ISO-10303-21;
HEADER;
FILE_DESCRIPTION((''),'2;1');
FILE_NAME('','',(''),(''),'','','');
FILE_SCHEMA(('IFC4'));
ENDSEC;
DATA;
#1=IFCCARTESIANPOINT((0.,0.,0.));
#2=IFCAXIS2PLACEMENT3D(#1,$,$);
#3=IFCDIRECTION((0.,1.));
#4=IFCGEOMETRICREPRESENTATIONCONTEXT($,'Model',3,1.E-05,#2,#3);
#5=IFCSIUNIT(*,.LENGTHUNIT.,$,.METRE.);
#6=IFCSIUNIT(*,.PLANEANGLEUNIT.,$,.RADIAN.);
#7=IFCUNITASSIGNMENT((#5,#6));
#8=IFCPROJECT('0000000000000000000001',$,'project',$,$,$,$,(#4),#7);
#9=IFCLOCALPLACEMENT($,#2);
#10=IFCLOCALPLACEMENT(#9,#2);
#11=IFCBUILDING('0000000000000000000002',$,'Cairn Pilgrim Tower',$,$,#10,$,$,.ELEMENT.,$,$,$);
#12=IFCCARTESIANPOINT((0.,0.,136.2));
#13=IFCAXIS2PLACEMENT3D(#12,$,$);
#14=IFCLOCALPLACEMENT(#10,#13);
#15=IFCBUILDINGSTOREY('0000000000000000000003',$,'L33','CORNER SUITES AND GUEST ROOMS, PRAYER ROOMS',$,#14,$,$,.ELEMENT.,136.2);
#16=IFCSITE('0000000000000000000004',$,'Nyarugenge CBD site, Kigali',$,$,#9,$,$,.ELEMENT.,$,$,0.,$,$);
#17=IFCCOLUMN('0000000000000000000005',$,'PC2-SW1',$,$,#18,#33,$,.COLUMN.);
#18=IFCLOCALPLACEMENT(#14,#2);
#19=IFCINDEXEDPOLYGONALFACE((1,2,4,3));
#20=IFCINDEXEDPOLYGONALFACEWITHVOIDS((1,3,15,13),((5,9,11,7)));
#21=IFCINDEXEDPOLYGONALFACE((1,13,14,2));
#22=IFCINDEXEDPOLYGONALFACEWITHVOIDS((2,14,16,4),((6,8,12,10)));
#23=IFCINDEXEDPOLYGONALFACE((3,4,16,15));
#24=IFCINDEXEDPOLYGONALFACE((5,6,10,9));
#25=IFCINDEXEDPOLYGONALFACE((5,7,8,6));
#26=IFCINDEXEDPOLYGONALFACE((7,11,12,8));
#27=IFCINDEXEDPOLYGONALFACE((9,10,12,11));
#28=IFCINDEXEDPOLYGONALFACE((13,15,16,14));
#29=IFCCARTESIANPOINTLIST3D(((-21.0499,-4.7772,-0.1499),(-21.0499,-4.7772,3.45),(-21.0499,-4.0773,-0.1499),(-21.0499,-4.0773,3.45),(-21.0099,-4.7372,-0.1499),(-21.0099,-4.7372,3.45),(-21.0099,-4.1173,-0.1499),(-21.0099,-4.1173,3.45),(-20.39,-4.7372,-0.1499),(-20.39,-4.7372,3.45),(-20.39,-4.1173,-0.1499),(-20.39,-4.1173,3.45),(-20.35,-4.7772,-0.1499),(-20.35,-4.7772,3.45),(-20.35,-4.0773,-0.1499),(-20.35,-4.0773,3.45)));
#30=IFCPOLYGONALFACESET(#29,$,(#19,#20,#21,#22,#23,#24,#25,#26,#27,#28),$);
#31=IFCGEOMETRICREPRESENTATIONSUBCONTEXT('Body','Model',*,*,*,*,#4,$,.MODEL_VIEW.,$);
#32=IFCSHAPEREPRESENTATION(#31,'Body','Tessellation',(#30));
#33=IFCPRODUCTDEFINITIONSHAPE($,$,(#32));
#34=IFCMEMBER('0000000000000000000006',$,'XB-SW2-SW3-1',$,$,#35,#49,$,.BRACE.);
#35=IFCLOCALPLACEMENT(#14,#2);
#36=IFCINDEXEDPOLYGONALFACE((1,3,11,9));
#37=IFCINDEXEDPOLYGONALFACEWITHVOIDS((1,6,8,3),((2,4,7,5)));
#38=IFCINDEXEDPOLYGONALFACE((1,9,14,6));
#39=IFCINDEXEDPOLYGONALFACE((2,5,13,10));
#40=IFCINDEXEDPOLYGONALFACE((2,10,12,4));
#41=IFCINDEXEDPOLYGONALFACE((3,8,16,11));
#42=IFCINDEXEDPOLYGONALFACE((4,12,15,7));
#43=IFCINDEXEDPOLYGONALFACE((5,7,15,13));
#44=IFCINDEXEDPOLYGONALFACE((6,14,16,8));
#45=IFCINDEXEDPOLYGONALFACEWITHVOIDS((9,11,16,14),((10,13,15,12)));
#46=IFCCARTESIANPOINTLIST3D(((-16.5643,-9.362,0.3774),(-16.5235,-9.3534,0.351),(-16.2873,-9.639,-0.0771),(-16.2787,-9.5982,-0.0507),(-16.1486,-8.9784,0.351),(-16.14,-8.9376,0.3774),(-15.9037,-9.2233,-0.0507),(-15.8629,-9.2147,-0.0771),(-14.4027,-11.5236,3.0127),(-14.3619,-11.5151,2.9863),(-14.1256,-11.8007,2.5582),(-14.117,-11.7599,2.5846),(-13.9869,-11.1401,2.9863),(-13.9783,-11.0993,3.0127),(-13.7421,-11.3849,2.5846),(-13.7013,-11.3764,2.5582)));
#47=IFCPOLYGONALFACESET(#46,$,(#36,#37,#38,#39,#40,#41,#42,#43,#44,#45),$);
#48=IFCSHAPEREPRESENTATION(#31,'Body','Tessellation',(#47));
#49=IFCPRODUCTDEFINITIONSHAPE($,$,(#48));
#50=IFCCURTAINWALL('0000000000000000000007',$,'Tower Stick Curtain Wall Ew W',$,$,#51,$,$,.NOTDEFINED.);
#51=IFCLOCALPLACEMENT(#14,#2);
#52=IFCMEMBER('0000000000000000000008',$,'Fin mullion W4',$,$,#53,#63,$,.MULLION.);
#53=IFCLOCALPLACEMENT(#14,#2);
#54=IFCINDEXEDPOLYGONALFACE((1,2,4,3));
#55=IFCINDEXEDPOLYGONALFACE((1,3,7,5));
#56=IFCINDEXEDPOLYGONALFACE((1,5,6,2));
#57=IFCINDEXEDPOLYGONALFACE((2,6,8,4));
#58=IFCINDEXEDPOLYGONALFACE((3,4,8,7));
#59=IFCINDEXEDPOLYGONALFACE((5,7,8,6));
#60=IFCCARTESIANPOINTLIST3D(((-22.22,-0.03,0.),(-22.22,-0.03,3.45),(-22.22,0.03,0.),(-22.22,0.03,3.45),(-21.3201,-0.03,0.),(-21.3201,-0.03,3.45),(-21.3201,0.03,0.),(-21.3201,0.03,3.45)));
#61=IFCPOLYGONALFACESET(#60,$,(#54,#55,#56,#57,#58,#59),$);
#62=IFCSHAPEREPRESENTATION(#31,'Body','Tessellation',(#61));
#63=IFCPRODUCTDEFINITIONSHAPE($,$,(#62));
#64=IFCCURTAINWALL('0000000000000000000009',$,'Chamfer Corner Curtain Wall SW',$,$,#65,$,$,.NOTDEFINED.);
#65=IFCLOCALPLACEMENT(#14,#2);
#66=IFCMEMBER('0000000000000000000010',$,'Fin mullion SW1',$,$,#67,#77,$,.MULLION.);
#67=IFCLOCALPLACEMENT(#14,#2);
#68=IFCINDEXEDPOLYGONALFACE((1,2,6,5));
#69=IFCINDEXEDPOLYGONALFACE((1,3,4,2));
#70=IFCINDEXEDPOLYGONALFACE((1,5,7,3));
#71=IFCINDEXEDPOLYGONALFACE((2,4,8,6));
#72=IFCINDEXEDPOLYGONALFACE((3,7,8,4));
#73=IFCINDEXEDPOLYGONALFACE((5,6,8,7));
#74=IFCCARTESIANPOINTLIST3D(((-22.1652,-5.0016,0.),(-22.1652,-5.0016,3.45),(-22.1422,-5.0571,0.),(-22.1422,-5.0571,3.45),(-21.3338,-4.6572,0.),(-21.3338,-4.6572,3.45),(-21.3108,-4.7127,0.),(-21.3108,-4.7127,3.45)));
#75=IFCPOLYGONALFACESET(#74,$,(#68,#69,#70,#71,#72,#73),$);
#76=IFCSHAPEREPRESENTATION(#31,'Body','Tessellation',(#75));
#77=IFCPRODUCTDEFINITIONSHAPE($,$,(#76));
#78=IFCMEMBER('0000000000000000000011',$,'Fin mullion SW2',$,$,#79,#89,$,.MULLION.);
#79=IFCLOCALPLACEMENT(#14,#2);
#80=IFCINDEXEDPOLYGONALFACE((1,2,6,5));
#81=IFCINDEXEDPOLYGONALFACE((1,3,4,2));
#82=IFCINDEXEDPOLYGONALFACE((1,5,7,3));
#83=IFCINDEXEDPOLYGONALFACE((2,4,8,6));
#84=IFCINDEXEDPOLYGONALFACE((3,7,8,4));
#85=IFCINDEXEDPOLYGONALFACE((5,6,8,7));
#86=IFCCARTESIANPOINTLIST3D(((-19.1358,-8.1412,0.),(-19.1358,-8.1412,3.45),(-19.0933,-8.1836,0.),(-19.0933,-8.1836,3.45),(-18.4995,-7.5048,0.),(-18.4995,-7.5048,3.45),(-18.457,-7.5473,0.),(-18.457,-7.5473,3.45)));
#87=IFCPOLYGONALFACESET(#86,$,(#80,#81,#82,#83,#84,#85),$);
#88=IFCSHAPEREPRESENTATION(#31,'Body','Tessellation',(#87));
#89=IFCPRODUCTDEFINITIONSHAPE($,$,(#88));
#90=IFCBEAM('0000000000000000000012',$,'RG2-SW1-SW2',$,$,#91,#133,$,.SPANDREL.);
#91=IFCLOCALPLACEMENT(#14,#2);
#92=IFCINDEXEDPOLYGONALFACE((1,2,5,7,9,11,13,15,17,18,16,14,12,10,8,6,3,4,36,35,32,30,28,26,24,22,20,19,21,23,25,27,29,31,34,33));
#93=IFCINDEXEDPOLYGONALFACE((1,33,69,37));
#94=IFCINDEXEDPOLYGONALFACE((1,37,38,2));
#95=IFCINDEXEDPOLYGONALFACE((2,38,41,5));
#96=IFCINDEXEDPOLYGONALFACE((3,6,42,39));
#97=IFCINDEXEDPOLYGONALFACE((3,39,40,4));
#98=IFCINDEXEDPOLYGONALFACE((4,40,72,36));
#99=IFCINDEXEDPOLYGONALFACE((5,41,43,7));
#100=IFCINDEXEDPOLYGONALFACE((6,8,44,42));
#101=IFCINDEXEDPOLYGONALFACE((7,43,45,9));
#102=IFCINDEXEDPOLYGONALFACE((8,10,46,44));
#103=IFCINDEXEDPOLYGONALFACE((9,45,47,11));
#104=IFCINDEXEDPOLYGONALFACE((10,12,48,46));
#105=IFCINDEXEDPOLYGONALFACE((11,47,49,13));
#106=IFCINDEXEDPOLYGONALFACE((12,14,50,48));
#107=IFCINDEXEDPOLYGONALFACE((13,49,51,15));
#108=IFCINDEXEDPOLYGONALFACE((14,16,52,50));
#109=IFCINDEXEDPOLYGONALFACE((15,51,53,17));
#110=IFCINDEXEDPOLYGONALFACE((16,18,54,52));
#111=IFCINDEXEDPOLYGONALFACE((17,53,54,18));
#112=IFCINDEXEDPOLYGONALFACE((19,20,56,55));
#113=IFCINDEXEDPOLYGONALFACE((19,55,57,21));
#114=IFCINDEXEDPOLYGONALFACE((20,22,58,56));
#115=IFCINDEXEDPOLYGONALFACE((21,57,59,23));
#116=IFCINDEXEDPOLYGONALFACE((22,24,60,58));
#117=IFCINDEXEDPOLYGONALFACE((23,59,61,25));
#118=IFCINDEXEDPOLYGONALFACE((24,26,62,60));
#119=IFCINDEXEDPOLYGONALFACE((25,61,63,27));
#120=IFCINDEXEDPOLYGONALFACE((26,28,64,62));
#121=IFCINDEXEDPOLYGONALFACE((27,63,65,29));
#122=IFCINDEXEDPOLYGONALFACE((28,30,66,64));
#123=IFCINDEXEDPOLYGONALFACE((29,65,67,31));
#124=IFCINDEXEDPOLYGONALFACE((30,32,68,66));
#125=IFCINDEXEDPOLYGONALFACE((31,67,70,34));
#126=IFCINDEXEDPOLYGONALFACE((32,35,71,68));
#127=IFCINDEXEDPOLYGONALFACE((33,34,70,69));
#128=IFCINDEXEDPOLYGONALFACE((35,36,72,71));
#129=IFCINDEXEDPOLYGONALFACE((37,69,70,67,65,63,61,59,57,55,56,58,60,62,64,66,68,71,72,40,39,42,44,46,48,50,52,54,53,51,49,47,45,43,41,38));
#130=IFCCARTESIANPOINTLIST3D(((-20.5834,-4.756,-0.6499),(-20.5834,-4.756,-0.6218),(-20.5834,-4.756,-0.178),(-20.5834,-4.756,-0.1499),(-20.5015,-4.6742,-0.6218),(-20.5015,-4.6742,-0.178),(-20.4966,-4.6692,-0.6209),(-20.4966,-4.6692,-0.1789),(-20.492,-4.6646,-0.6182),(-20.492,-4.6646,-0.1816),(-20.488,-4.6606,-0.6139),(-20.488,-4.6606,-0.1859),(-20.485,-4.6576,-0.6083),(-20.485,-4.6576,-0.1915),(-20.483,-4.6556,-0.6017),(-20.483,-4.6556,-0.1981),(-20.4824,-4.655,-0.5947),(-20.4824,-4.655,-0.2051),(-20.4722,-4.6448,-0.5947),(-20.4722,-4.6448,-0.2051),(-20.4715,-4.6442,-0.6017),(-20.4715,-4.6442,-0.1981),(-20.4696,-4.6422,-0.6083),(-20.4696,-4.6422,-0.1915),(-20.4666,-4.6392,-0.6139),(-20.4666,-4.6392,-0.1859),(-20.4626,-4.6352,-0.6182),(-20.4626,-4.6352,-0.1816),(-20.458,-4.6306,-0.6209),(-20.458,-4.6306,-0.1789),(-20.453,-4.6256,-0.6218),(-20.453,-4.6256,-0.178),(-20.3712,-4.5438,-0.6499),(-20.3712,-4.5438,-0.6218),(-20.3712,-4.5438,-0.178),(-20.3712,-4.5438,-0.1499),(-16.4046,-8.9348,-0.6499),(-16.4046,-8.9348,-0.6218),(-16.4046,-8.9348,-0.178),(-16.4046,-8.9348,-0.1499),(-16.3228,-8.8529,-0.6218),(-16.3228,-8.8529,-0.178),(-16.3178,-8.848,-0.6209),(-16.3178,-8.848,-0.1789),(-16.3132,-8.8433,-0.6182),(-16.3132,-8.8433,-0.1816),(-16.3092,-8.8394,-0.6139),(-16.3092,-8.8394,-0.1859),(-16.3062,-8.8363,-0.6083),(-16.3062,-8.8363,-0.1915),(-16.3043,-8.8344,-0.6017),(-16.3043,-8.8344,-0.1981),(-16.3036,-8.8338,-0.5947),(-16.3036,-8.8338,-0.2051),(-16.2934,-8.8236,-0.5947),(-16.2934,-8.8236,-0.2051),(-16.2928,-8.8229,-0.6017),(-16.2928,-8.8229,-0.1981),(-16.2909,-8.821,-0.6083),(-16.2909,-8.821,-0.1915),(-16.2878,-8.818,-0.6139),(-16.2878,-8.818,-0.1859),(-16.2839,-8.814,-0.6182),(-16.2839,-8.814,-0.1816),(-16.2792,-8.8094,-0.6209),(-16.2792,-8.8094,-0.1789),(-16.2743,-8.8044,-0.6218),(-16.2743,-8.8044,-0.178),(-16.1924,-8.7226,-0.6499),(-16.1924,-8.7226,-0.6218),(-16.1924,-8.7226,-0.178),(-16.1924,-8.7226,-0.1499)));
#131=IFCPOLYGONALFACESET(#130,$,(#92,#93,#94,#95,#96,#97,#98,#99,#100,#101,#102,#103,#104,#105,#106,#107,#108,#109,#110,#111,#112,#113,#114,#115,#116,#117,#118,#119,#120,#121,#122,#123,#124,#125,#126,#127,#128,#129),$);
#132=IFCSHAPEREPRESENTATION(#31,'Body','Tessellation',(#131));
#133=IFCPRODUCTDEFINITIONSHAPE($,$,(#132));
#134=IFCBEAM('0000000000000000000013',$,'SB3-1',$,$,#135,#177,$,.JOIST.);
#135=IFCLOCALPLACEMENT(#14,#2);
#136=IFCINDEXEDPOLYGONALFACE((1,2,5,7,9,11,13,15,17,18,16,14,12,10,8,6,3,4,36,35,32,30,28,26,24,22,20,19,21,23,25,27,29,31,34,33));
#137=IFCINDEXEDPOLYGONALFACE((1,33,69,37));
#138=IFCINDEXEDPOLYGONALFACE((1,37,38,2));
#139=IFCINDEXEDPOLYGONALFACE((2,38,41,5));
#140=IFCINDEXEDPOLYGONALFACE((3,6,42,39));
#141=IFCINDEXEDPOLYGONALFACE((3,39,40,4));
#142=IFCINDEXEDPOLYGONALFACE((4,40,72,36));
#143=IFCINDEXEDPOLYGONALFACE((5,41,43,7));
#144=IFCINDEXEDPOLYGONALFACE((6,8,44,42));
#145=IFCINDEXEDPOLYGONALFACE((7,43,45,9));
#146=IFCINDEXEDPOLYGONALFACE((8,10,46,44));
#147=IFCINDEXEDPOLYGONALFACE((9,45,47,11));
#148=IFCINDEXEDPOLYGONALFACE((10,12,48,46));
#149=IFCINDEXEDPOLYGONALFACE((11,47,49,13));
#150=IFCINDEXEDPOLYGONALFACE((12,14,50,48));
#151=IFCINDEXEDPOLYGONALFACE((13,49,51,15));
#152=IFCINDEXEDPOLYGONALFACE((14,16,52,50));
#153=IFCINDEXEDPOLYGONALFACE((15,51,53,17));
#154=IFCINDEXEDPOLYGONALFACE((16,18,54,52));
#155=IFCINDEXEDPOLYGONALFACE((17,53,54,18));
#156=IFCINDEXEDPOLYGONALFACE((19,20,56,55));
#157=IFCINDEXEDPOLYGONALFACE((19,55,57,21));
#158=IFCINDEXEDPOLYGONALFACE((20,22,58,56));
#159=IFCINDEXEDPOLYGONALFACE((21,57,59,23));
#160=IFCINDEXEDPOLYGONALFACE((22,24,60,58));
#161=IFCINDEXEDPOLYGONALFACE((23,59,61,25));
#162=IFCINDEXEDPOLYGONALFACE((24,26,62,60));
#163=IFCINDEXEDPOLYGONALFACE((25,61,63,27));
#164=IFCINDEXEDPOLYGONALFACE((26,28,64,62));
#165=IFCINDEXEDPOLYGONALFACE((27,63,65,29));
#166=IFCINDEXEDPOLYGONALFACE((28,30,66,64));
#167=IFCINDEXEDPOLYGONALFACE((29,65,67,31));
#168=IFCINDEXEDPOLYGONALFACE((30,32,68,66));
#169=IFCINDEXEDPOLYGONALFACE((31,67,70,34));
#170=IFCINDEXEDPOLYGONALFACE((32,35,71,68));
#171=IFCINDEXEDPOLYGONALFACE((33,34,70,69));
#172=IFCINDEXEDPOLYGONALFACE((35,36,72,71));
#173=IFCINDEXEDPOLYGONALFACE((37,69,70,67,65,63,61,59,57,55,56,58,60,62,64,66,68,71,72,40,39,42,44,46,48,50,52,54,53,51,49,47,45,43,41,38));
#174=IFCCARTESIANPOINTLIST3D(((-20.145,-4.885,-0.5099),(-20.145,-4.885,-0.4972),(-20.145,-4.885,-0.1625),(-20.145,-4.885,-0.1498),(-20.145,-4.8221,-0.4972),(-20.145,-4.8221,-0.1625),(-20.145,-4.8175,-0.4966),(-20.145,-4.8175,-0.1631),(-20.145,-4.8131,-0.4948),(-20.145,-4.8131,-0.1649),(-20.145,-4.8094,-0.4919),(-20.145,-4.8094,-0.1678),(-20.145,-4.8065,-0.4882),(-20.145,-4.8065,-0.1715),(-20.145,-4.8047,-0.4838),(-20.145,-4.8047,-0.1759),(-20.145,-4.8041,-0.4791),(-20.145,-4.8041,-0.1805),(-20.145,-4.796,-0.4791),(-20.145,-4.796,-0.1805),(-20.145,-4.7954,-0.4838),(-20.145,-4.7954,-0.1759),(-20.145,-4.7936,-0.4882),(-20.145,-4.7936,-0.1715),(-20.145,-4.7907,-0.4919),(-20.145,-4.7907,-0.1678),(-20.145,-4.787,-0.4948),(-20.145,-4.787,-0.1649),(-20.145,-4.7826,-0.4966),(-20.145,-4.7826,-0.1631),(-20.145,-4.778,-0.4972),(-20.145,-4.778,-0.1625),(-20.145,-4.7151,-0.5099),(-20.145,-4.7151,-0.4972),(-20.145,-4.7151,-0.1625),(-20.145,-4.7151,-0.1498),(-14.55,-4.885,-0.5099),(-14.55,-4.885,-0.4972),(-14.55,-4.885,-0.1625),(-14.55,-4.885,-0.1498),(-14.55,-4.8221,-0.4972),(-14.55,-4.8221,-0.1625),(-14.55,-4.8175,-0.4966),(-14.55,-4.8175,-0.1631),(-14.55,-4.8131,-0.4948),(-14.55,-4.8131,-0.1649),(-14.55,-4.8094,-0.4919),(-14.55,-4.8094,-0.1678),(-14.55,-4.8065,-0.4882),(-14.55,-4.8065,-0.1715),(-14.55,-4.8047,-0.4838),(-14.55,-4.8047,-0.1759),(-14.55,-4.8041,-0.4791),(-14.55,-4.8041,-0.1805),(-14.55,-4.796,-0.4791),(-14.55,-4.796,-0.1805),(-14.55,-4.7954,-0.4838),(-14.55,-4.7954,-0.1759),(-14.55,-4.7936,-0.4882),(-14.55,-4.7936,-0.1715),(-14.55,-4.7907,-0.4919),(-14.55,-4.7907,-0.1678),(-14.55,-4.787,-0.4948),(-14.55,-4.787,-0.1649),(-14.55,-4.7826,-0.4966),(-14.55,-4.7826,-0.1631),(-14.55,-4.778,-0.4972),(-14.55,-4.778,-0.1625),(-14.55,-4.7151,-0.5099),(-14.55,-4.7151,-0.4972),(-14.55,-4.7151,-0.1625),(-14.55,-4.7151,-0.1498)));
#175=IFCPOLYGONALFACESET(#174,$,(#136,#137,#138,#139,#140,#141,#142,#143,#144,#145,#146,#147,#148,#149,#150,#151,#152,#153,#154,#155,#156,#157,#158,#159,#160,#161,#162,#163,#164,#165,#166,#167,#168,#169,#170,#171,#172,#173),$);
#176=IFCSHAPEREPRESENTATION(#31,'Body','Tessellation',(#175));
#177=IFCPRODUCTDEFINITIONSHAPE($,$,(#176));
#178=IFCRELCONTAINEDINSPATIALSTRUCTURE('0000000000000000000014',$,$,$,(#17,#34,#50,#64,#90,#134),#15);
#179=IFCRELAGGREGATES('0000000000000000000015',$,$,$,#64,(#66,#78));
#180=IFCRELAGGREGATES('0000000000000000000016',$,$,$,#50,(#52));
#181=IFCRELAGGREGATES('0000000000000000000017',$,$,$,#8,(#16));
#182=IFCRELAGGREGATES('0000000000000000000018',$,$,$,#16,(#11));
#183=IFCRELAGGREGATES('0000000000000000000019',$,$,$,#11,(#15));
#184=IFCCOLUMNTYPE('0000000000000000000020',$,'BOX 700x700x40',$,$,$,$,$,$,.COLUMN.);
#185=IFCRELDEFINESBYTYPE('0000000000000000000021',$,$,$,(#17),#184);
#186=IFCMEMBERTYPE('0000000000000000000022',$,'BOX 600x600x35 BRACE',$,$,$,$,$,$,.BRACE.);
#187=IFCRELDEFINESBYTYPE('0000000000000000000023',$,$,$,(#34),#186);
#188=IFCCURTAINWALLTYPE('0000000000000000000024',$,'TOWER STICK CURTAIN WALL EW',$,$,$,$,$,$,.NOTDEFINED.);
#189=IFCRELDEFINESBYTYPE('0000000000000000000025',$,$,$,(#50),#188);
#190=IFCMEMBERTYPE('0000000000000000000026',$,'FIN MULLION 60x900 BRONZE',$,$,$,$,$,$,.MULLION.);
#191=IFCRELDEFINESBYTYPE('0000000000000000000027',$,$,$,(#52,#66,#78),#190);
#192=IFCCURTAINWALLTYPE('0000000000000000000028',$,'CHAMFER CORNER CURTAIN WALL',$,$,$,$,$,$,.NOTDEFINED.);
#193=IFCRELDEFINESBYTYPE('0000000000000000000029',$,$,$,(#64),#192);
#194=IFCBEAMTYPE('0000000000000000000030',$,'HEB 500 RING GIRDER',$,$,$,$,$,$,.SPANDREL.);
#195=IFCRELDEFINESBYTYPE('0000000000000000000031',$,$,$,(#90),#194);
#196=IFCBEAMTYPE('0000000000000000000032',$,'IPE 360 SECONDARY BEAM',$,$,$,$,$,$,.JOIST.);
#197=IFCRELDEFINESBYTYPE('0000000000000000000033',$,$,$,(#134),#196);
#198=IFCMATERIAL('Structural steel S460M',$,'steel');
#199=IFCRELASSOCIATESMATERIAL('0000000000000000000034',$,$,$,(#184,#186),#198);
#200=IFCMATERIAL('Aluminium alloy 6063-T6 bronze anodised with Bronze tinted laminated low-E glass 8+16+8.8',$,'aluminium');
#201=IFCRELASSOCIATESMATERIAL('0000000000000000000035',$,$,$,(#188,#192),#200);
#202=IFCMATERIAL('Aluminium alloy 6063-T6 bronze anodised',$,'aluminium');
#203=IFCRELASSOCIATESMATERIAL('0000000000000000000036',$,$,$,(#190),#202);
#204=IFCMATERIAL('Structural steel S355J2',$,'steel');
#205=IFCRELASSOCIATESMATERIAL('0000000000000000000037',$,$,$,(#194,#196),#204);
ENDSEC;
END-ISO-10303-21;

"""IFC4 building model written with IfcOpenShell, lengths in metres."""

from ifc_helpers import new_model, si_unit, direction, frame, origin, origin_2d, place, context, subcontext, project, spatial, rectangle, hollow_rectangle, i_section, extrude, material, material_profile, profile_set, type_object, element, aggregate, save


model = new_model("IFC4")

# Units and contexts
model_context = context("Model", 3, precision=1e-05, world=origin(), true_north=direction((0.0, 1.0)))
body_context = subcontext(model_context, "Body", "Model", "MODEL_VIEW")
ifc_project = project(units=[si_unit("LENGTHUNIT", "METRE"), si_unit("PLANEANGLEUNIT", "RADIAN")], contexts=[model_context])

# Site, building, storey
site_placement = place(None, origin())
site = spatial("IfcSite", under=ifc_project, at=site_placement, Name="Nyarugenge CBD site, Kigali", CompositionType="ELEMENT", RefElevation=0.0)
building_placement = place(site_placement, origin())
building = spatial("IfcBuilding", under=site, at=building_placement, Name="Cairn Pilgrim Tower", CompositionType="ELEMENT")
storey_placement = place(building_placement, frame((0.0, 0.0, 136.2)))
storey = spatial("IfcBuildingStorey", under=building, at=storey_placement, Name="L33", Description="CORNER SUITES AND GUEST ROOMS, PRAYER ROOMS", CompositionType="ELEMENT", Elevation=136.2)

# Column
ifc_material_1 = material(Name="Structural steel S460M", Category="steel")
ifc_material_profile_1 = material_profile(ifc_material_1, hollow_rectangle(XDim=0.7, YDim=0.7, WallThickness=0.04, at=origin_2d()), Name="BOX 700x700x40")
ifc_profile_set_1 = profile_set([ifc_material_profile_1], Name="Structural steel S460M")
column_type = type_object("IfcColumnType", Name="BOX 700x700x40", PredefinedType="COLUMN", material=ifc_profile_set_1)
column_placement = place(storey_placement, frame((-20.7, -4.4272, -0.1499), z_axis=(0.0, 0.0, 1.0), x_axis=(1.0, 0.0, 0.0)))
element("IfcColumn", 1, at=column_placement, inside=storey, type_object=column_type, Name="PC2-SW1", PredefinedType="COLUMN", context=body_context, shape_type="SweptSolid", body=[
    extrude(hollow_rectangle(XDim=0.7, YDim=0.7, WallThickness=0.04, at=origin_2d()), origin(), (0.0, 0.0, 1.0), 3.5999),
])

# Member
ifc_material_profile_2 = material_profile(ifc_material_1, hollow_rectangle(XDim=0.6001, YDim=0.6001, WallThickness=0.0349, at=origin_2d()), Name="BOX 600x600x35")
ifc_profile_set_2 = profile_set([ifc_material_profile_2], Name="Structural steel S460M")
member_type_1 = type_object("IfcMemberType", Name="BOX 600x600x35 BRACE", PredefinedType="BRACE", material=ifc_profile_set_2)
member_1_placement = place(storey_placement, frame((-16.2136, -9.2883, 0.1501), z_axis=(0.535577, -0.535577, 0.652927), x_axis=(0.707107, 0.707107, 0.0)))
element("IfcMember", 2, at=member_1_placement, inside=storey, type_object=member_type_1, Name="XB-SW2-SW3-1", PredefinedType="BRACE", context=body_context, shape_type="SweptSolid", body=[
    extrude(hollow_rectangle(XDim=0.6001, YDim=0.6001, WallThickness=0.0349, at=origin_2d()), origin(), (0.0, 0.0, 1.0), 4.0361),
])

# Curtain wall, member
ifc_material_2 = material(Name="Aluminium alloy 6063-T6 bronze anodised with Bronze tinted laminated low-E glass 8+16+8.8", Category="aluminium")
curtain_wall_type_1 = type_object("IfcCurtainWallType", Name="TOWER STICK CURTAIN WALL EW", PredefinedType="NOTDEFINED", material=ifc_material_2)
curtain_wall_1_placement = place(storey_placement, origin())
curtain_wall_1 = element("IfcCurtainWall", 3, at=curtain_wall_1_placement, inside=storey, type_object=curtain_wall_type_1, Name="Tower Stick Curtain Wall Ew W", PredefinedType="NOTDEFINED")
ifc_material_3 = material(Name="Aluminium alloy 6063-T6 bronze anodised", Category="aluminium")
ifc_material_profile_3 = material_profile(ifc_material_3, rectangle(XDim=0.8999, YDim=0.0601, at=origin_2d()), Name="FIN MULLION 60x900 BRONZE")
ifc_profile_set_3 = profile_set([ifc_material_profile_3], Name="Aluminium alloy 6063-T6 bronze anodised")
member_type_2 = type_object("IfcMemberType", Name="FIN MULLION 60x900 BRONZE", PredefinedType="MULLION", material=ifc_profile_set_3)
member_2_placement = place(storey_placement, frame((-21.77, 0.0, 0.0), z_axis=(0.0, 0.0, 1.0), x_axis=(-1.0, 0.0, 0.0)))
member_2 = element("IfcMember", 4, at=member_2_placement, type_object=member_type_2, Name="Fin mullion W4", PredefinedType="MULLION", context=body_context, shape_type="SweptSolid", body=[
    extrude(rectangle(XDim=0.8999, YDim=0.0601, at=origin_2d()), origin(), (0.0, 0.0, 1.0), 3.45),
])

# Curtain wall, members
curtain_wall_type_2 = type_object("IfcCurtainWallType", Name="CHAMFER CORNER CURTAIN WALL", PredefinedType="NOTDEFINED", material=ifc_material_2)
curtain_wall_2_placement = place(storey_placement, origin())
curtain_wall_2 = element("IfcCurtainWall", 5, at=curtain_wall_2_placement, inside=storey, type_object=curtain_wall_type_2, Name="Chamfer Corner Curtain Wall SW", PredefinedType="NOTDEFINED")
member_3_placement = place(storey_placement, frame((-21.738, -4.8572, 0.0), z_axis=(0.0, 0.0, 1.0), x_axis=(-0.92388, -0.382683, 0.0)))
member_3 = element("IfcMember", 6, at=member_3_placement, type_object=member_type_2, Name="Fin mullion SW1", PredefinedType="MULLION", context=body_context, shape_type="SweptSolid", body=[
    extrude(rectangle(XDim=0.8999, YDim=0.0601, at=origin_2d()), origin(), (0.0, 0.0, 1.0), 3.45),
])
member_4_placement = place(storey_placement, frame((-18.7964, -7.8442, 0.0), z_axis=(0.0, 0.0, 1.0), x_axis=(-0.707107, -0.707107, 0.0)))
member_4 = element("IfcMember", 7, at=member_4_placement, type_object=member_type_2, Name="Fin mullion SW2", PredefinedType="MULLION", context=body_context, shape_type="SweptSolid", body=[
    extrude(rectangle(XDim=0.8999, YDim=0.0601, at=origin_2d()), origin(), (0.0, 0.0, 1.0), 3.45),
])

# Beams
ifc_material_4 = material(Name="Structural steel S355J2", Category="steel")
ifc_material_profile_4 = material_profile(ifc_material_4, i_section(OverallWidth=0.3, OverallDepth=0.5, WebThickness=0.0144, FlangeThickness=0.0281, FilletRadius=0.0271, at=origin_2d()), Name="HEB 500")
ifc_profile_set_4 = profile_set([ifc_material_profile_4], Name="Structural steel S355J2")
beam_type_1 = type_object("IfcBeamType", Name="HEB 500 RING GIRDER", PredefinedType="SPANDREL", material=ifc_profile_set_4)
beam_1_placement = place(storey_placement, frame((-20.4773, -4.6499, -0.3999), z_axis=(0.707107, -0.707107, 0.0), x_axis=(0.707107, 0.707107, 0.0)))
element("IfcBeam", 8, at=beam_1_placement, inside=storey, type_object=beam_type_1, Name="RG2-SW1-SW2", PredefinedType="SPANDREL", context=body_context, shape_type="SweptSolid", body=[
    extrude(i_section(OverallWidth=0.3, OverallDepth=0.5, WebThickness=0.0144, FlangeThickness=0.0281, FilletRadius=0.0271, at=origin_2d()), origin(), (0.0, 0.0, 1.0), 5.9097),
])
ifc_material_profile_5 = material_profile(ifc_material_4, i_section(OverallWidth=0.1699, OverallDepth=0.3601, WebThickness=0.0081, FlangeThickness=0.0127, FilletRadius=0.0181, at=origin_2d()), Name="IPE 360")
ifc_profile_set_5 = profile_set([ifc_material_profile_5], Name="Structural steel S355J2")
beam_type_2 = type_object("IfcBeamType", Name="IPE 360 SECONDARY BEAM", PredefinedType="JOIST", material=ifc_profile_set_5)
beam_2_placement = place(storey_placement, frame((-20.145, -4.8, -0.3298), z_axis=(1.0, 0.0, 0.0), x_axis=(0.0, 1.0, 0.0)))
element("IfcBeam", 9, at=beam_2_placement, inside=storey, type_object=beam_type_2, Name="SB3-1", PredefinedType="JOIST", context=body_context, shape_type="SweptSolid", body=[
    extrude(i_section(OverallWidth=0.1699, OverallDepth=0.3601, WebThickness=0.0081, FlangeThickness=0.0127, FilletRadius=0.0181, at=origin_2d()), origin(), (0.0, 0.0, 1.0), 5.595),
])

aggregate(curtain_wall_2, [member_3, member_4])
aggregate(curtain_wall_1, [member_2])

save(model, "model.ifc")
